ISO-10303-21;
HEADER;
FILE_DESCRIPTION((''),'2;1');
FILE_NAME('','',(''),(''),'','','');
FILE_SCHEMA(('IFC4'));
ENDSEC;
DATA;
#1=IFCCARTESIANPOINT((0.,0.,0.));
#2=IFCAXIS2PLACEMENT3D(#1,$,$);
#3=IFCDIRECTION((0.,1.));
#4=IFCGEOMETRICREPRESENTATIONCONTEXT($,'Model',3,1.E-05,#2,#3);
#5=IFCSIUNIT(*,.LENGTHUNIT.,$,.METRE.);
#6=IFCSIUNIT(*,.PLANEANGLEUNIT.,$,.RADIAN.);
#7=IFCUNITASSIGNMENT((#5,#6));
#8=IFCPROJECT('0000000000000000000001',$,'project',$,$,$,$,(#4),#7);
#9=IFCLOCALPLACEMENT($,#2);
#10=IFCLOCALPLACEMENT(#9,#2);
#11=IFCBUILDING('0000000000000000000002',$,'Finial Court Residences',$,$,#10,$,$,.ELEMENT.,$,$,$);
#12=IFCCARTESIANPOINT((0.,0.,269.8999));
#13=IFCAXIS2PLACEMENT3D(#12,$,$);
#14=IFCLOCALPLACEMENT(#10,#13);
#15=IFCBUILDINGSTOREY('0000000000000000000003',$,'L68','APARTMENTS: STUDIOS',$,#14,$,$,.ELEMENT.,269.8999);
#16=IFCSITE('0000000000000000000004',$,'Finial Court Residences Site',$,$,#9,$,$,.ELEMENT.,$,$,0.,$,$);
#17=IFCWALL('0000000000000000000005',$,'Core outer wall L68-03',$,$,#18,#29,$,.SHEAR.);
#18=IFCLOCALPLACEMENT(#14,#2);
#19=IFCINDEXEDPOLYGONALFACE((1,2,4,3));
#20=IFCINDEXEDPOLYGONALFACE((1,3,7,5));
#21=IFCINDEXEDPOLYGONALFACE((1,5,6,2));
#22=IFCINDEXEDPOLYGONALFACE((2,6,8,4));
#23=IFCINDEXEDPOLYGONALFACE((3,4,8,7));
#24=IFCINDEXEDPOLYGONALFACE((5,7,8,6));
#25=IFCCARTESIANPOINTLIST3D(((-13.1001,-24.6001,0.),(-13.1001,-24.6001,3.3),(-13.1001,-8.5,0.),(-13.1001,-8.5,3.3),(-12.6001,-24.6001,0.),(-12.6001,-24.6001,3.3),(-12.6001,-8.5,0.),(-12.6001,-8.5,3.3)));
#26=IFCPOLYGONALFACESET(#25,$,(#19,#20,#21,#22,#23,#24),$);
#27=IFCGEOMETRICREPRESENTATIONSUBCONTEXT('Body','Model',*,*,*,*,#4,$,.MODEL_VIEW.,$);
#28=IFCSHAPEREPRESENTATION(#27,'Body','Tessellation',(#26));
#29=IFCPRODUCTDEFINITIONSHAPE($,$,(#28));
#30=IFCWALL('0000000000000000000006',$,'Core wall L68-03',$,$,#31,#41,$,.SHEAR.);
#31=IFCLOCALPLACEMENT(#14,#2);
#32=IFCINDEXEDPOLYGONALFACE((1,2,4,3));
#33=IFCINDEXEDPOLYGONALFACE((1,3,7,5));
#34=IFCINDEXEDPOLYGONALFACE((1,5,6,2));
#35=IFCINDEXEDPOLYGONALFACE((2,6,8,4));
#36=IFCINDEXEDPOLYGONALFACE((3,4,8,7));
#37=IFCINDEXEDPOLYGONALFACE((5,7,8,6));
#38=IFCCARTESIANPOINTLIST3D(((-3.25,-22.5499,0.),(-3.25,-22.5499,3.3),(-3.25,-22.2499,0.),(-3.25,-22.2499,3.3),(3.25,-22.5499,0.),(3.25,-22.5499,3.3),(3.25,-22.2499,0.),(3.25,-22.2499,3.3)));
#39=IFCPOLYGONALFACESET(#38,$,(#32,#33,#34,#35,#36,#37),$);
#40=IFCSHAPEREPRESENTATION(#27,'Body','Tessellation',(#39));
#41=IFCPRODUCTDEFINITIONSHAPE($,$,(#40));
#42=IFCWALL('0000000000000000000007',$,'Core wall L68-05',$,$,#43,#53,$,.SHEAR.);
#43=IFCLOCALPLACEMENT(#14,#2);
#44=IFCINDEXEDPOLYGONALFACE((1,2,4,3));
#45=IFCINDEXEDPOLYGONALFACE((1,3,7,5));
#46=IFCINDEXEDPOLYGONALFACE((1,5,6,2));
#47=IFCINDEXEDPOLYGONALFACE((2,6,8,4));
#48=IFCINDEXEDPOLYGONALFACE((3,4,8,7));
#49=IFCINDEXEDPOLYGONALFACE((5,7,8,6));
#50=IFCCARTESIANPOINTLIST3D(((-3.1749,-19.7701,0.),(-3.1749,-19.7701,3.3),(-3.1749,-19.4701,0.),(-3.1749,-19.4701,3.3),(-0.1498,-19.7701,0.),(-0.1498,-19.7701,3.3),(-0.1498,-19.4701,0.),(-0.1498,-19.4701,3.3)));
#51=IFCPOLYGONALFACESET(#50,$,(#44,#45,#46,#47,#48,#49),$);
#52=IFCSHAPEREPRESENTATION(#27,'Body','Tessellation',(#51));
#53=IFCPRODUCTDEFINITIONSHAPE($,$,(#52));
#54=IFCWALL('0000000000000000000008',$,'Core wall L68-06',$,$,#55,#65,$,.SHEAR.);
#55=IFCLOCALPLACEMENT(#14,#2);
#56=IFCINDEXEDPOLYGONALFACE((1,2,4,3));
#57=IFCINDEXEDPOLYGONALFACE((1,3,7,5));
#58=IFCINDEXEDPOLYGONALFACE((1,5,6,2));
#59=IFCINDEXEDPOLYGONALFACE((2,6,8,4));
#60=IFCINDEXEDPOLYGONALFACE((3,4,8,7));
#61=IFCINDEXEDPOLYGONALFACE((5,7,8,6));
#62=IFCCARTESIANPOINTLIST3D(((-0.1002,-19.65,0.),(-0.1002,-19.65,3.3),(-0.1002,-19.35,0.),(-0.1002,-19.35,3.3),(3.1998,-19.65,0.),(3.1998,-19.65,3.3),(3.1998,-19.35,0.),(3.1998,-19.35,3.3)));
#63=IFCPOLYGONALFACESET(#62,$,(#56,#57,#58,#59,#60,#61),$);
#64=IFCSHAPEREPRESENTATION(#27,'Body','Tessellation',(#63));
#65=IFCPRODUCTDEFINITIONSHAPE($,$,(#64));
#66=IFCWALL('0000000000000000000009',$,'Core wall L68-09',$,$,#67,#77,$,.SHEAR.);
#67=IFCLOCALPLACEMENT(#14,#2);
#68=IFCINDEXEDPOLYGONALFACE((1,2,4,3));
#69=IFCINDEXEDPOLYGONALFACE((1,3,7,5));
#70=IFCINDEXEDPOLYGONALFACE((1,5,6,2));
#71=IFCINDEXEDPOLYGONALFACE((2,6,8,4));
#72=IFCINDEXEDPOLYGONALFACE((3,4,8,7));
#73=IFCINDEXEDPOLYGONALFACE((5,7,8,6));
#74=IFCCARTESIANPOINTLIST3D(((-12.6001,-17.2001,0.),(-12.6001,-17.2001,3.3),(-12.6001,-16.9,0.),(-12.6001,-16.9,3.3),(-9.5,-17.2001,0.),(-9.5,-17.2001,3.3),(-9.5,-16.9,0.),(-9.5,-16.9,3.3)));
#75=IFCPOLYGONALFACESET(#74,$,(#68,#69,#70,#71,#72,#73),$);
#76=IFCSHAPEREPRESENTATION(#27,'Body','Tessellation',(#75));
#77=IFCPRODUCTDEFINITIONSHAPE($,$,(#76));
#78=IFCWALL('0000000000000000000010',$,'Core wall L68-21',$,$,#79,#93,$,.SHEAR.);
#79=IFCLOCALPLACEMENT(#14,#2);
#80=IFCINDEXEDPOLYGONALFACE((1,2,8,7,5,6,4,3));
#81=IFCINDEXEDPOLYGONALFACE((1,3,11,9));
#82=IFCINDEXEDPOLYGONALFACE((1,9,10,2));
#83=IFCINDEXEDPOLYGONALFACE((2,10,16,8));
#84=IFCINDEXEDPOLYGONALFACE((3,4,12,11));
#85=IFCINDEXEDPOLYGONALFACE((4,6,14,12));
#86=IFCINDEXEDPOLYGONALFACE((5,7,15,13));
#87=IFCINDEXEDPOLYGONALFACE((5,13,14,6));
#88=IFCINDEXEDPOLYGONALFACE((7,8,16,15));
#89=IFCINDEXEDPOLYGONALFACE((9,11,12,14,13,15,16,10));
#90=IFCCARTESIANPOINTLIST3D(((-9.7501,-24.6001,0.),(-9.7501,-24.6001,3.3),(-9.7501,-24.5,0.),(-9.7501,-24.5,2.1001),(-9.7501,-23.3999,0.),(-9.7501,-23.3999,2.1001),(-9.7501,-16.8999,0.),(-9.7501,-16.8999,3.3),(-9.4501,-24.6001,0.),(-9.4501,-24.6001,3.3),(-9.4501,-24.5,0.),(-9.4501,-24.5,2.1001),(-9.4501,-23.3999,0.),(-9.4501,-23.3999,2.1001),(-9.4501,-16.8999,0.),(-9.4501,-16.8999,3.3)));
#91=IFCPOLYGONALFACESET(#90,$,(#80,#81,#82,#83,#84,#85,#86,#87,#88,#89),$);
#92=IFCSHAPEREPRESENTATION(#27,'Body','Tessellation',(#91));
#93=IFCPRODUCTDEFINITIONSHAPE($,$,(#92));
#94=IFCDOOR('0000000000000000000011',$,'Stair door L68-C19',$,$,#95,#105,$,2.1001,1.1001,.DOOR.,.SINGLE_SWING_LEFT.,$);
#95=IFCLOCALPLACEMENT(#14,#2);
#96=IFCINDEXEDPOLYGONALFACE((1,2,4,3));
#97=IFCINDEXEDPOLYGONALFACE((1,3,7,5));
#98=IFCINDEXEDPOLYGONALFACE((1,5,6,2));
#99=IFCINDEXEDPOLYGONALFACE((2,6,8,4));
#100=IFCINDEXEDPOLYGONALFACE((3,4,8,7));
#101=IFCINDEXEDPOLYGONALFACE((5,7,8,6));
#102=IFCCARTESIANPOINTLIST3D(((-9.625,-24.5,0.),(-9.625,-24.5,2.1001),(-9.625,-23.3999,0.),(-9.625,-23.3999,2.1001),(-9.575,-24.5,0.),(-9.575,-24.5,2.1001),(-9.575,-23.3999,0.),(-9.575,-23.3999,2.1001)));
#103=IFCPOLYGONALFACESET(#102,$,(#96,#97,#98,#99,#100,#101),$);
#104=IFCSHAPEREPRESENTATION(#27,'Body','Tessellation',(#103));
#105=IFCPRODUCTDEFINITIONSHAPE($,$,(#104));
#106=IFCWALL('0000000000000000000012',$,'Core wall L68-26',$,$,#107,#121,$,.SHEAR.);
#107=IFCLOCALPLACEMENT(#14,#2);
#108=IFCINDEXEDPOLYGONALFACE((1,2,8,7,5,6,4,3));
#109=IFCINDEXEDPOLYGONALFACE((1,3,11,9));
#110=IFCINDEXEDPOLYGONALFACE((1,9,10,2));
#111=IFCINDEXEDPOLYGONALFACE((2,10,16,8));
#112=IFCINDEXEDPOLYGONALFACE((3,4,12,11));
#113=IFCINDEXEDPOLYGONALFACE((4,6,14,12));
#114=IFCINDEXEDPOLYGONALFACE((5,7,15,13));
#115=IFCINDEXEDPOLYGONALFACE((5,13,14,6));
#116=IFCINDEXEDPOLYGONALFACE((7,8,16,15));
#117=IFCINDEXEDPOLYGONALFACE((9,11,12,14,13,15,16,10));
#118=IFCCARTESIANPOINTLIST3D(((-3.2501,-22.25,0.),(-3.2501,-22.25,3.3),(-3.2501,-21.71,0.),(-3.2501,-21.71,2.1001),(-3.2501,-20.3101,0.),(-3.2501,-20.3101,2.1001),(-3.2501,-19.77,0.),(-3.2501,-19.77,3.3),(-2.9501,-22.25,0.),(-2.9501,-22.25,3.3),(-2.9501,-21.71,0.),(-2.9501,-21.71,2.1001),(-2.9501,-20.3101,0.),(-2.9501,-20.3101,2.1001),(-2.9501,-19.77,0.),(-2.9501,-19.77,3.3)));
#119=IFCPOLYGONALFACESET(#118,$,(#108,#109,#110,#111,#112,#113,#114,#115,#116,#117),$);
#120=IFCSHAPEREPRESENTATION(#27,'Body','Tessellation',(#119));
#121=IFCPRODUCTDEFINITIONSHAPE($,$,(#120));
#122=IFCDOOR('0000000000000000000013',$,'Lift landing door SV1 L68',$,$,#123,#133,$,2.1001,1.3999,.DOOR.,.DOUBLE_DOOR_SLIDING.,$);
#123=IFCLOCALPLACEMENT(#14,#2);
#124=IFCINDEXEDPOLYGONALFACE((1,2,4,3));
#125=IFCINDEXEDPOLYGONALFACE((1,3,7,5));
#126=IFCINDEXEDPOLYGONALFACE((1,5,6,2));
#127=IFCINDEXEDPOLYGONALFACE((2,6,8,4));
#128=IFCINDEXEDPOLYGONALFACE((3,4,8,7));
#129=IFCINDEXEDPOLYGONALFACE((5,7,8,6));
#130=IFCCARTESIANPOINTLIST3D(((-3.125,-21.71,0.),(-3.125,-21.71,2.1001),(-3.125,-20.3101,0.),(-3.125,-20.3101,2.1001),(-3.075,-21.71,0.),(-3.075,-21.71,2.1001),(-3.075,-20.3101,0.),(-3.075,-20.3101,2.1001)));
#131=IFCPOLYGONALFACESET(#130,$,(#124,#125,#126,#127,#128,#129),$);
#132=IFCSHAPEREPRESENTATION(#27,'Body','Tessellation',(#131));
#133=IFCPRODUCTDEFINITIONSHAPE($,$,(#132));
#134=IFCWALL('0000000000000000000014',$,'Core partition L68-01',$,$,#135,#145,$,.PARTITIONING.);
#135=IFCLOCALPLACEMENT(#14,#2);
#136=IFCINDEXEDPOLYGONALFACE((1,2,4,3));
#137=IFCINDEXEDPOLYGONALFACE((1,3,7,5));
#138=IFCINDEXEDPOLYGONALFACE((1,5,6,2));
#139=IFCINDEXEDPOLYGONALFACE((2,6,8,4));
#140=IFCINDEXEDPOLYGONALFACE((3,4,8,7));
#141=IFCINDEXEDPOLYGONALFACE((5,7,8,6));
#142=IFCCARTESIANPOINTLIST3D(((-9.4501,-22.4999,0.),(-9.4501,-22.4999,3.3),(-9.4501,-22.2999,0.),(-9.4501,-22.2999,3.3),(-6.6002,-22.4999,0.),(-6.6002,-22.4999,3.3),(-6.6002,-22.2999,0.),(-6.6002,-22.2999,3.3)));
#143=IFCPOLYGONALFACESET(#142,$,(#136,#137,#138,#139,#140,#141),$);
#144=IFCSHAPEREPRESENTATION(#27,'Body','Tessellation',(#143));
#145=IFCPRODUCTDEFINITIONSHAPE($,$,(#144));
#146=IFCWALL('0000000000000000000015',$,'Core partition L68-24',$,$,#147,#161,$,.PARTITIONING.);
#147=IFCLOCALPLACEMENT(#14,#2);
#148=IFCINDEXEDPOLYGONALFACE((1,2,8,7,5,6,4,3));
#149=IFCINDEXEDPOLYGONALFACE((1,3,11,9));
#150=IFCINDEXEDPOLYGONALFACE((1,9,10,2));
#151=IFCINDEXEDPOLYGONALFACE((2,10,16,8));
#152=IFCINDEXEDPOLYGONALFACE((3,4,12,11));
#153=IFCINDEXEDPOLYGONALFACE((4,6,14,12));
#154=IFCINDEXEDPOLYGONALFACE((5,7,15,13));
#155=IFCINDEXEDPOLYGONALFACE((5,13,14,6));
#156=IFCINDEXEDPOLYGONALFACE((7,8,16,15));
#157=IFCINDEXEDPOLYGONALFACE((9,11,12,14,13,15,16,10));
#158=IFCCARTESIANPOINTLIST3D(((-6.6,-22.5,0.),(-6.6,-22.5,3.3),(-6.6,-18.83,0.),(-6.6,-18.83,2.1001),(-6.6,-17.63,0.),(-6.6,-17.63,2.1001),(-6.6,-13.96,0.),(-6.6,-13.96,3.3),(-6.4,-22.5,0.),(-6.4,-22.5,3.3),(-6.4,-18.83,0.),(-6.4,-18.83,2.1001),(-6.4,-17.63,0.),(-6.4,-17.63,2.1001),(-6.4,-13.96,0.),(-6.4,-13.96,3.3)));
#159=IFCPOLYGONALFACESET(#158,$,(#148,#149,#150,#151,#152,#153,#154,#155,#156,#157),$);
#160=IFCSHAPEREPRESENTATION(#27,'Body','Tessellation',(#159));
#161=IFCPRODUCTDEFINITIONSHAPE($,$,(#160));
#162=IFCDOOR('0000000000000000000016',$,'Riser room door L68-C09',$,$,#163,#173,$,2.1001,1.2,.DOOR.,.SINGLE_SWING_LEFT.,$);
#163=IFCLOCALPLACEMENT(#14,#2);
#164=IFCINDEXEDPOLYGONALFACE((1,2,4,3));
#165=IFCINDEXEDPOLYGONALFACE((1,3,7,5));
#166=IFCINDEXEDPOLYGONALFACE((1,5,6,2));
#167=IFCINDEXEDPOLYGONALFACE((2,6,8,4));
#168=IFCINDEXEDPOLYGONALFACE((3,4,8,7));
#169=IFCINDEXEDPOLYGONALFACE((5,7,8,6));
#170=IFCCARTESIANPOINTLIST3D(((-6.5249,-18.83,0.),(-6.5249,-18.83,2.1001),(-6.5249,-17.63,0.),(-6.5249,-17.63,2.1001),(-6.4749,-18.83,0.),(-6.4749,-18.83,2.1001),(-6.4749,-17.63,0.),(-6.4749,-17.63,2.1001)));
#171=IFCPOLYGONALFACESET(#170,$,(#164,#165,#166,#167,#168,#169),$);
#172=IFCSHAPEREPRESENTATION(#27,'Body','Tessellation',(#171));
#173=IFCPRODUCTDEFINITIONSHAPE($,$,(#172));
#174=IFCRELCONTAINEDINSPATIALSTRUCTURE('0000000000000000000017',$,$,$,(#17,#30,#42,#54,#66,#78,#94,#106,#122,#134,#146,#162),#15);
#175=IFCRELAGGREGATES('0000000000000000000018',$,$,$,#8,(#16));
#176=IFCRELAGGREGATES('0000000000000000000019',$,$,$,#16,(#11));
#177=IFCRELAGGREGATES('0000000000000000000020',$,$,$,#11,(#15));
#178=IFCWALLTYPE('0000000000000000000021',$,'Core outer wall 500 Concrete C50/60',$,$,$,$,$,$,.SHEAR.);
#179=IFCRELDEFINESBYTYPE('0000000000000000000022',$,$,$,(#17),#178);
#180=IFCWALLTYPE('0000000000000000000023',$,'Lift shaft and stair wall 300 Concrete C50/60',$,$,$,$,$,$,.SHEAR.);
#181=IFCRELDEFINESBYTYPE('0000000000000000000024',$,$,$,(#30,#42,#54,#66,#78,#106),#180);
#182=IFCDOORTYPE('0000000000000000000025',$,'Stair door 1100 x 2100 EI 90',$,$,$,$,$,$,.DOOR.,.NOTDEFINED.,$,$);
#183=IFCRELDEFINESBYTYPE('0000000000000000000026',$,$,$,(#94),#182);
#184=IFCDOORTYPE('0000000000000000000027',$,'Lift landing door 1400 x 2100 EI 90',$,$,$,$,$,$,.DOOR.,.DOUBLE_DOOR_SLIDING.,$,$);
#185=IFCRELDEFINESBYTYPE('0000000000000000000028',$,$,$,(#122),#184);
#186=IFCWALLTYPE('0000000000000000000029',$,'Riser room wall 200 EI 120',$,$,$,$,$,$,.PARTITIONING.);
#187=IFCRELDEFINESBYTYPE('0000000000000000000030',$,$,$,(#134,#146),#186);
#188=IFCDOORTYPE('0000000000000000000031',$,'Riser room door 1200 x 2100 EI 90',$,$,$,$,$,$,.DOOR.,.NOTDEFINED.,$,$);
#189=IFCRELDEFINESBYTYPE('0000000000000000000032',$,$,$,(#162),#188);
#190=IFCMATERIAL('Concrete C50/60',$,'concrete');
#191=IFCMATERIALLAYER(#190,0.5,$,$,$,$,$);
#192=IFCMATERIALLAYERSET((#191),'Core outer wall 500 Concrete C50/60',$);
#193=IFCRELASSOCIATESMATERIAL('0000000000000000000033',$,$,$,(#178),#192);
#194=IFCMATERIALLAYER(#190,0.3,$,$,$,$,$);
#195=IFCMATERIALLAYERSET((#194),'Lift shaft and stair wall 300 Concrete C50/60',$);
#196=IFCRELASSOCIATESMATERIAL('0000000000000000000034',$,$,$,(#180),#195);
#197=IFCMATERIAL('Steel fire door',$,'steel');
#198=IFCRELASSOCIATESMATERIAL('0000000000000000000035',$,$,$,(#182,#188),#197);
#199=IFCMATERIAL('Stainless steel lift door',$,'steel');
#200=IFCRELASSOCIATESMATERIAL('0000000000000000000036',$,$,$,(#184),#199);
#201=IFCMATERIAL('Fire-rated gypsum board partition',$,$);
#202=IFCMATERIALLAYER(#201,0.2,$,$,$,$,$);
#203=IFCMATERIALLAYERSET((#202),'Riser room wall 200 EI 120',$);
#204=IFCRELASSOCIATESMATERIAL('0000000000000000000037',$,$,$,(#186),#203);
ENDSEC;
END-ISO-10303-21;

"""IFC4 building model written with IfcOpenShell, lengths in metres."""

from ifc_helpers import new_model, si_unit, direction, frame, frame_2d, origin, place, context, subcontext, project, spatial, rectangle, extrude, material, layer, layer_set, type_object, element, fill, save


model = new_model("IFC4")

# Units and contexts
model_context = context("Model", 3, precision=1e-05, world=origin(), true_north=direction((0.0, 1.0)))
body_context = subcontext(model_context, "Body", "Model", "MODEL_VIEW")
ifc_project = project(units=[si_unit("LENGTHUNIT", "METRE"), si_unit("PLANEANGLEUNIT", "RADIAN")], contexts=[model_context])

# Site, building, storey
site_placement = place(None, origin())
site = spatial("IfcSite", under=ifc_project, at=site_placement, Name="Finial Court Residences Site", CompositionType="ELEMENT", RefElevation=0.0)
building_placement = place(site_placement, origin())
building = spatial("IfcBuilding", under=site, at=building_placement, Name="Finial Court Residences", CompositionType="ELEMENT")
storey_placement = place(building_placement, frame((0.0, 0.0, 269.8999)))
storey = spatial("IfcBuildingStorey", under=building, at=storey_placement, Name="L68", Description="APARTMENTS: STUDIOS", CompositionType="ELEMENT", Elevation=269.8999)

# Walls
ifc_material_1 = material(Name="Concrete C50/60", Category="concrete")
ifc_layer_1 = layer(ifc_material_1, 0.5)
ifc_layer_set_1 = layer_set([ifc_layer_1], Name="Core outer wall 500 Concrete C50/60")
wall_type_1 = type_object("IfcWallType", Name="Core outer wall 500 Concrete C50/60", PredefinedType="SHEAR", material=ifc_layer_set_1)
wall_1_placement = place(storey_placement, frame((-12.8501, -24.6001, 0.0), z_axis=(0.0, 0.0, 1.0), x_axis=(0.0, 1.0, 0.0)))
element("IfcWall", 1, at=wall_1_placement, inside=storey, type_object=wall_type_1, Name="Core outer wall L68-03", PredefinedType="SHEAR", context=body_context, shape_type="SweptSolid", body=[
    extrude(rectangle(XDim=16.1001, YDim=0.5, at=frame_2d((8.05, 0.0))), origin(), (0.0, 0.0, 1.0), 3.3),
])
ifc_layer_2 = layer(ifc_material_1, 0.3)
ifc_layer_set_2 = layer_set([ifc_layer_2], Name="Lift shaft and stair wall 300 Concrete C50/60")
wall_type_2 = type_object("IfcWallType", Name="Lift shaft and stair wall 300 Concrete C50/60", PredefinedType="SHEAR", material=ifc_layer_set_2)
wall_2_placement = place(storey_placement, frame((-3.25, -22.3999, 0.0), z_axis=(0.0, 0.0, 1.0), x_axis=(1.0, 0.0, 0.0)))
element("IfcWall", 2, at=wall_2_placement, inside=storey, type_object=wall_type_2, Name="Core wall L68-03", PredefinedType="SHEAR", context=body_context, shape_type="SweptSolid", body=[
    extrude(rectangle(XDim=6.5, YDim=0.3, at=frame_2d((3.25, 0.0))), origin(), (0.0, 0.0, 1.0), 3.3),
])
wall_3_placement = place(storey_placement, frame((-3.175, -19.6201, 0.0), z_axis=(0.0, 0.0, 1.0), x_axis=(1.0, 0.0, 0.0)))
element("IfcWall", 3, at=wall_3_placement, inside=storey, type_object=wall_type_2, Name="Core wall L68-05", PredefinedType="SHEAR", context=body_context, shape_type="SweptSolid", body=[
    extrude(rectangle(XDim=3.0251, YDim=0.3, at=frame_2d((1.5127, 0.0))), origin(), (0.0, 0.0, 1.0), 3.3),
])
wall_4_placement = place(storey_placement, frame((-0.1001, -19.5, 0.0), z_axis=(0.0, 0.0, 1.0), x_axis=(1.0, 0.0, 0.0)))
element("IfcWall", 4, at=wall_4_placement, inside=storey, type_object=wall_type_2, Name="Core wall L68-06", PredefinedType="SHEAR", context=body_context, shape_type="SweptSolid", body=[
    extrude(rectangle(XDim=3.3, YDim=0.3, at=frame_2d((1.6499, 0.0))), origin(), (0.0, 0.0, 1.0), 3.3),
])
wall_5_placement = place(storey_placement, frame((-12.6001, -17.05, 0.0), z_axis=(0.0, 0.0, 1.0), x_axis=(1.0, 0.0, 0.0)))
element("IfcWall", 5, at=wall_5_placement, inside=storey, type_object=wall_type_2, Name="Core wall L68-09", PredefinedType="SHEAR", context=body_context, shape_type="SweptSolid", body=[
    extrude(rectangle(XDim=3.1001, YDim=0.3, at=frame_2d((1.55, 0.0))), origin(), (0.0, 0.0, 1.0), 3.3),
])

# Walls, openings, doors
wall_6_placement = place(storey_placement, frame((-9.6001, -24.6001, 0.0), z_axis=(0.0, 0.0, 1.0), x_axis=(0.0, 1.0, 0.0)))
wall_6 = element("IfcWall", 6, at=wall_6_placement, inside=storey, type_object=wall_type_2, Name="Core wall L68-21", PredefinedType="SHEAR", context=body_context, shape_type="SweptSolid", body=[
    extrude(rectangle(XDim=7.7002, YDim=0.3, at=frame_2d((3.8501, 0.0))), origin(), (0.0, 0.0, 1.0), 3.3),
])
opening_1_placement = place(wall_6_placement, frame((0.1001, 0.0, 0.0)))
opening_1 = element("IfcOpeningElement", 7, at=opening_1_placement, cuts=wall_6, PredefinedType="OPENING", context=body_context, shape_type="SweptSolid", body=[
    extrude(rectangle(XDim=1.1001, YDim=2.1001, at=frame_2d((0.55, 1.05))), frame((0.0, 0.1599, 0.0), z_axis=(0.0, -1.0, 0.0), x_axis=(1.0, 0.0, 0.0)), (0.0, 0.0, 1.0), 0.3201),
])
ifc_material_2 = material(Name="Steel fire door", Category="steel")
door_type_1 = type_object("IfcDoorType", Name="Stair door 1100 x 2100 EI 90", OperationType="NOTDEFINED", PredefinedType="DOOR", material=ifc_material_2)
door_1_placement = place(opening_1_placement, origin())
door_1 = element("IfcDoor", 8, at=door_1_placement, inside=storey, type_object=door_type_1, Name="Stair door L68-C19", OperationType="SINGLE_SWING_LEFT", OverallHeight=2.1001, OverallWidth=1.1001, PredefinedType="DOOR", context=body_context, shape_type="SweptSolid", body=[
    extrude(rectangle(XDim=1.1001, YDim=2.1001, at=frame_2d((0.55, 1.05))), frame((0.0, 0.0249, 0.0), z_axis=(0.0, -1.0, 0.0), x_axis=(1.0, 0.0, 0.0)), (0.0, 0.0, 1.0), 0.05),
])
fill(opening_1, door_1)
wall_7_placement = place(storey_placement, frame((-3.1001, -22.25, 0.0), z_axis=(0.0, 0.0, 1.0), x_axis=(0.0, 1.0, 0.0)))
wall_7 = element("IfcWall", 9, at=wall_7_placement, inside=storey, type_object=wall_type_2, Name="Core wall L68-26", PredefinedType="SHEAR", context=body_context, shape_type="SweptSolid", body=[
    extrude(rectangle(XDim=2.48, YDim=0.3, at=frame_2d((1.24, 0.0))), origin(), (0.0, 0.0, 1.0), 3.3),
])
opening_2_placement = place(wall_7_placement, frame((0.54, 0.0, 0.0)))
opening_2 = element("IfcOpeningElement", 10, at=opening_2_placement, cuts=wall_7, PredefinedType="OPENING", context=body_context, shape_type="SweptSolid", body=[
    extrude(rectangle(XDim=1.3999, YDim=2.1001, at=frame_2d((0.7, 1.05))), frame((0.0, 0.1599, 0.0), z_axis=(0.0, -1.0, 0.0), x_axis=(1.0, 0.0, 0.0)), (0.0, 0.0, 1.0), 0.3201),
])
ifc_material_3 = material(Name="Stainless steel lift door", Category="steel")
door_type_2 = type_object("IfcDoorType", Name="Lift landing door 1400 x 2100 EI 90", OperationType="DOUBLE_DOOR_SLIDING", PredefinedType="DOOR", material=ifc_material_3)
door_2_placement = place(opening_2_placement, origin())
door_2 = element("IfcDoor", 11, at=door_2_placement, inside=storey, type_object=door_type_2, Name="Lift landing door SV1 L68", OperationType="DOUBLE_DOOR_SLIDING", OverallHeight=2.1001, OverallWidth=1.3999, PredefinedType="DOOR", context=body_context, shape_type="SweptSolid", body=[
    extrude(rectangle(XDim=1.3999, YDim=2.1001, at=frame_2d((0.7, 1.05))), frame((0.0, 0.0249, 0.0), z_axis=(0.0, -1.0, 0.0), x_axis=(1.0, 0.0, 0.0)), (0.0, 0.0, 1.0), 0.05),
])
fill(opening_2, door_2)

# Wall
ifc_material_4 = material(Name="Fire-rated gypsum board partition")
ifc_layer_3 = layer(ifc_material_4, 0.2)
ifc_layer_set_3 = layer_set([ifc_layer_3], Name="Riser room wall 200 EI 120")
wall_type_3 = type_object("IfcWallType", Name="Riser room wall 200 EI 120", PredefinedType="PARTITIONING", material=ifc_layer_set_3)
wall_8_placement = place(storey_placement, frame((-9.45, -22.3999, 0.0), z_axis=(0.0, 0.0, 1.0), x_axis=(1.0, 0.0, 0.0)))
element("IfcWall", 12, at=wall_8_placement, inside=storey, type_object=wall_type_3, Name="Core partition L68-01", PredefinedType="PARTITIONING", context=body_context, shape_type="SweptSolid", body=[
    extrude(rectangle(XDim=2.8499, YDim=0.2, at=frame_2d((1.4248, 0.0))), origin(), (0.0, 0.0, 1.0), 3.3),
])

# Wall, opening, door
wall_9_placement = place(storey_placement, frame((-6.5, -22.5, 0.0), z_axis=(0.0, 0.0, 1.0), x_axis=(0.0, 1.0, 0.0)))
wall_9 = element("IfcWall", 13, at=wall_9_placement, inside=storey, type_object=wall_type_3, Name="Core partition L68-24", PredefinedType="PARTITIONING", context=body_context, shape_type="SweptSolid", body=[
    extrude(rectangle(XDim=8.54, YDim=0.2, at=frame_2d((4.27, 0.0))), origin(), (0.0, 0.0, 1.0), 3.3),
])
opening_3_placement = place(wall_9_placement, frame((3.6699, 0.0, 0.0)))
opening_3 = element("IfcOpeningElement", 14, at=opening_3_placement, cuts=wall_9, PredefinedType="OPENING", context=body_context, shape_type="SweptSolid", body=[
    extrude(rectangle(XDim=1.2, YDim=2.1001, at=frame_2d((0.6001, 1.05))), frame((0.0, 0.1099, 0.0), z_axis=(0.0, -1.0, 0.0), x_axis=(1.0, 0.0, 0.0)), (0.0, 0.0, 1.0), 0.22),
])
door_type_3 = type_object("IfcDoorType", Name="Riser room door 1200 x 2100 EI 90", OperationType="NOTDEFINED", PredefinedType="DOOR", material=ifc_material_2)
door_3_placement = place(opening_3_placement, origin())
door_3 = element("IfcDoor", 15, at=door_3_placement, inside=storey, type_object=door_type_3, Name="Riser room door L68-C09", OperationType="SINGLE_SWING_LEFT", OverallHeight=2.1001, OverallWidth=1.2, PredefinedType="DOOR", context=body_context, shape_type="SweptSolid", body=[
    extrude(rectangle(XDim=1.2, YDim=2.1001, at=frame_2d((0.6001, 1.05))), frame((0.0, 0.0249, 0.0), z_axis=(0.0, -1.0, 0.0), x_axis=(1.0, 0.0, 0.0)), (0.0, 0.0, 1.0), 0.05),
])
fill(opening_3, door_3)

save(model, "model.ifc")
